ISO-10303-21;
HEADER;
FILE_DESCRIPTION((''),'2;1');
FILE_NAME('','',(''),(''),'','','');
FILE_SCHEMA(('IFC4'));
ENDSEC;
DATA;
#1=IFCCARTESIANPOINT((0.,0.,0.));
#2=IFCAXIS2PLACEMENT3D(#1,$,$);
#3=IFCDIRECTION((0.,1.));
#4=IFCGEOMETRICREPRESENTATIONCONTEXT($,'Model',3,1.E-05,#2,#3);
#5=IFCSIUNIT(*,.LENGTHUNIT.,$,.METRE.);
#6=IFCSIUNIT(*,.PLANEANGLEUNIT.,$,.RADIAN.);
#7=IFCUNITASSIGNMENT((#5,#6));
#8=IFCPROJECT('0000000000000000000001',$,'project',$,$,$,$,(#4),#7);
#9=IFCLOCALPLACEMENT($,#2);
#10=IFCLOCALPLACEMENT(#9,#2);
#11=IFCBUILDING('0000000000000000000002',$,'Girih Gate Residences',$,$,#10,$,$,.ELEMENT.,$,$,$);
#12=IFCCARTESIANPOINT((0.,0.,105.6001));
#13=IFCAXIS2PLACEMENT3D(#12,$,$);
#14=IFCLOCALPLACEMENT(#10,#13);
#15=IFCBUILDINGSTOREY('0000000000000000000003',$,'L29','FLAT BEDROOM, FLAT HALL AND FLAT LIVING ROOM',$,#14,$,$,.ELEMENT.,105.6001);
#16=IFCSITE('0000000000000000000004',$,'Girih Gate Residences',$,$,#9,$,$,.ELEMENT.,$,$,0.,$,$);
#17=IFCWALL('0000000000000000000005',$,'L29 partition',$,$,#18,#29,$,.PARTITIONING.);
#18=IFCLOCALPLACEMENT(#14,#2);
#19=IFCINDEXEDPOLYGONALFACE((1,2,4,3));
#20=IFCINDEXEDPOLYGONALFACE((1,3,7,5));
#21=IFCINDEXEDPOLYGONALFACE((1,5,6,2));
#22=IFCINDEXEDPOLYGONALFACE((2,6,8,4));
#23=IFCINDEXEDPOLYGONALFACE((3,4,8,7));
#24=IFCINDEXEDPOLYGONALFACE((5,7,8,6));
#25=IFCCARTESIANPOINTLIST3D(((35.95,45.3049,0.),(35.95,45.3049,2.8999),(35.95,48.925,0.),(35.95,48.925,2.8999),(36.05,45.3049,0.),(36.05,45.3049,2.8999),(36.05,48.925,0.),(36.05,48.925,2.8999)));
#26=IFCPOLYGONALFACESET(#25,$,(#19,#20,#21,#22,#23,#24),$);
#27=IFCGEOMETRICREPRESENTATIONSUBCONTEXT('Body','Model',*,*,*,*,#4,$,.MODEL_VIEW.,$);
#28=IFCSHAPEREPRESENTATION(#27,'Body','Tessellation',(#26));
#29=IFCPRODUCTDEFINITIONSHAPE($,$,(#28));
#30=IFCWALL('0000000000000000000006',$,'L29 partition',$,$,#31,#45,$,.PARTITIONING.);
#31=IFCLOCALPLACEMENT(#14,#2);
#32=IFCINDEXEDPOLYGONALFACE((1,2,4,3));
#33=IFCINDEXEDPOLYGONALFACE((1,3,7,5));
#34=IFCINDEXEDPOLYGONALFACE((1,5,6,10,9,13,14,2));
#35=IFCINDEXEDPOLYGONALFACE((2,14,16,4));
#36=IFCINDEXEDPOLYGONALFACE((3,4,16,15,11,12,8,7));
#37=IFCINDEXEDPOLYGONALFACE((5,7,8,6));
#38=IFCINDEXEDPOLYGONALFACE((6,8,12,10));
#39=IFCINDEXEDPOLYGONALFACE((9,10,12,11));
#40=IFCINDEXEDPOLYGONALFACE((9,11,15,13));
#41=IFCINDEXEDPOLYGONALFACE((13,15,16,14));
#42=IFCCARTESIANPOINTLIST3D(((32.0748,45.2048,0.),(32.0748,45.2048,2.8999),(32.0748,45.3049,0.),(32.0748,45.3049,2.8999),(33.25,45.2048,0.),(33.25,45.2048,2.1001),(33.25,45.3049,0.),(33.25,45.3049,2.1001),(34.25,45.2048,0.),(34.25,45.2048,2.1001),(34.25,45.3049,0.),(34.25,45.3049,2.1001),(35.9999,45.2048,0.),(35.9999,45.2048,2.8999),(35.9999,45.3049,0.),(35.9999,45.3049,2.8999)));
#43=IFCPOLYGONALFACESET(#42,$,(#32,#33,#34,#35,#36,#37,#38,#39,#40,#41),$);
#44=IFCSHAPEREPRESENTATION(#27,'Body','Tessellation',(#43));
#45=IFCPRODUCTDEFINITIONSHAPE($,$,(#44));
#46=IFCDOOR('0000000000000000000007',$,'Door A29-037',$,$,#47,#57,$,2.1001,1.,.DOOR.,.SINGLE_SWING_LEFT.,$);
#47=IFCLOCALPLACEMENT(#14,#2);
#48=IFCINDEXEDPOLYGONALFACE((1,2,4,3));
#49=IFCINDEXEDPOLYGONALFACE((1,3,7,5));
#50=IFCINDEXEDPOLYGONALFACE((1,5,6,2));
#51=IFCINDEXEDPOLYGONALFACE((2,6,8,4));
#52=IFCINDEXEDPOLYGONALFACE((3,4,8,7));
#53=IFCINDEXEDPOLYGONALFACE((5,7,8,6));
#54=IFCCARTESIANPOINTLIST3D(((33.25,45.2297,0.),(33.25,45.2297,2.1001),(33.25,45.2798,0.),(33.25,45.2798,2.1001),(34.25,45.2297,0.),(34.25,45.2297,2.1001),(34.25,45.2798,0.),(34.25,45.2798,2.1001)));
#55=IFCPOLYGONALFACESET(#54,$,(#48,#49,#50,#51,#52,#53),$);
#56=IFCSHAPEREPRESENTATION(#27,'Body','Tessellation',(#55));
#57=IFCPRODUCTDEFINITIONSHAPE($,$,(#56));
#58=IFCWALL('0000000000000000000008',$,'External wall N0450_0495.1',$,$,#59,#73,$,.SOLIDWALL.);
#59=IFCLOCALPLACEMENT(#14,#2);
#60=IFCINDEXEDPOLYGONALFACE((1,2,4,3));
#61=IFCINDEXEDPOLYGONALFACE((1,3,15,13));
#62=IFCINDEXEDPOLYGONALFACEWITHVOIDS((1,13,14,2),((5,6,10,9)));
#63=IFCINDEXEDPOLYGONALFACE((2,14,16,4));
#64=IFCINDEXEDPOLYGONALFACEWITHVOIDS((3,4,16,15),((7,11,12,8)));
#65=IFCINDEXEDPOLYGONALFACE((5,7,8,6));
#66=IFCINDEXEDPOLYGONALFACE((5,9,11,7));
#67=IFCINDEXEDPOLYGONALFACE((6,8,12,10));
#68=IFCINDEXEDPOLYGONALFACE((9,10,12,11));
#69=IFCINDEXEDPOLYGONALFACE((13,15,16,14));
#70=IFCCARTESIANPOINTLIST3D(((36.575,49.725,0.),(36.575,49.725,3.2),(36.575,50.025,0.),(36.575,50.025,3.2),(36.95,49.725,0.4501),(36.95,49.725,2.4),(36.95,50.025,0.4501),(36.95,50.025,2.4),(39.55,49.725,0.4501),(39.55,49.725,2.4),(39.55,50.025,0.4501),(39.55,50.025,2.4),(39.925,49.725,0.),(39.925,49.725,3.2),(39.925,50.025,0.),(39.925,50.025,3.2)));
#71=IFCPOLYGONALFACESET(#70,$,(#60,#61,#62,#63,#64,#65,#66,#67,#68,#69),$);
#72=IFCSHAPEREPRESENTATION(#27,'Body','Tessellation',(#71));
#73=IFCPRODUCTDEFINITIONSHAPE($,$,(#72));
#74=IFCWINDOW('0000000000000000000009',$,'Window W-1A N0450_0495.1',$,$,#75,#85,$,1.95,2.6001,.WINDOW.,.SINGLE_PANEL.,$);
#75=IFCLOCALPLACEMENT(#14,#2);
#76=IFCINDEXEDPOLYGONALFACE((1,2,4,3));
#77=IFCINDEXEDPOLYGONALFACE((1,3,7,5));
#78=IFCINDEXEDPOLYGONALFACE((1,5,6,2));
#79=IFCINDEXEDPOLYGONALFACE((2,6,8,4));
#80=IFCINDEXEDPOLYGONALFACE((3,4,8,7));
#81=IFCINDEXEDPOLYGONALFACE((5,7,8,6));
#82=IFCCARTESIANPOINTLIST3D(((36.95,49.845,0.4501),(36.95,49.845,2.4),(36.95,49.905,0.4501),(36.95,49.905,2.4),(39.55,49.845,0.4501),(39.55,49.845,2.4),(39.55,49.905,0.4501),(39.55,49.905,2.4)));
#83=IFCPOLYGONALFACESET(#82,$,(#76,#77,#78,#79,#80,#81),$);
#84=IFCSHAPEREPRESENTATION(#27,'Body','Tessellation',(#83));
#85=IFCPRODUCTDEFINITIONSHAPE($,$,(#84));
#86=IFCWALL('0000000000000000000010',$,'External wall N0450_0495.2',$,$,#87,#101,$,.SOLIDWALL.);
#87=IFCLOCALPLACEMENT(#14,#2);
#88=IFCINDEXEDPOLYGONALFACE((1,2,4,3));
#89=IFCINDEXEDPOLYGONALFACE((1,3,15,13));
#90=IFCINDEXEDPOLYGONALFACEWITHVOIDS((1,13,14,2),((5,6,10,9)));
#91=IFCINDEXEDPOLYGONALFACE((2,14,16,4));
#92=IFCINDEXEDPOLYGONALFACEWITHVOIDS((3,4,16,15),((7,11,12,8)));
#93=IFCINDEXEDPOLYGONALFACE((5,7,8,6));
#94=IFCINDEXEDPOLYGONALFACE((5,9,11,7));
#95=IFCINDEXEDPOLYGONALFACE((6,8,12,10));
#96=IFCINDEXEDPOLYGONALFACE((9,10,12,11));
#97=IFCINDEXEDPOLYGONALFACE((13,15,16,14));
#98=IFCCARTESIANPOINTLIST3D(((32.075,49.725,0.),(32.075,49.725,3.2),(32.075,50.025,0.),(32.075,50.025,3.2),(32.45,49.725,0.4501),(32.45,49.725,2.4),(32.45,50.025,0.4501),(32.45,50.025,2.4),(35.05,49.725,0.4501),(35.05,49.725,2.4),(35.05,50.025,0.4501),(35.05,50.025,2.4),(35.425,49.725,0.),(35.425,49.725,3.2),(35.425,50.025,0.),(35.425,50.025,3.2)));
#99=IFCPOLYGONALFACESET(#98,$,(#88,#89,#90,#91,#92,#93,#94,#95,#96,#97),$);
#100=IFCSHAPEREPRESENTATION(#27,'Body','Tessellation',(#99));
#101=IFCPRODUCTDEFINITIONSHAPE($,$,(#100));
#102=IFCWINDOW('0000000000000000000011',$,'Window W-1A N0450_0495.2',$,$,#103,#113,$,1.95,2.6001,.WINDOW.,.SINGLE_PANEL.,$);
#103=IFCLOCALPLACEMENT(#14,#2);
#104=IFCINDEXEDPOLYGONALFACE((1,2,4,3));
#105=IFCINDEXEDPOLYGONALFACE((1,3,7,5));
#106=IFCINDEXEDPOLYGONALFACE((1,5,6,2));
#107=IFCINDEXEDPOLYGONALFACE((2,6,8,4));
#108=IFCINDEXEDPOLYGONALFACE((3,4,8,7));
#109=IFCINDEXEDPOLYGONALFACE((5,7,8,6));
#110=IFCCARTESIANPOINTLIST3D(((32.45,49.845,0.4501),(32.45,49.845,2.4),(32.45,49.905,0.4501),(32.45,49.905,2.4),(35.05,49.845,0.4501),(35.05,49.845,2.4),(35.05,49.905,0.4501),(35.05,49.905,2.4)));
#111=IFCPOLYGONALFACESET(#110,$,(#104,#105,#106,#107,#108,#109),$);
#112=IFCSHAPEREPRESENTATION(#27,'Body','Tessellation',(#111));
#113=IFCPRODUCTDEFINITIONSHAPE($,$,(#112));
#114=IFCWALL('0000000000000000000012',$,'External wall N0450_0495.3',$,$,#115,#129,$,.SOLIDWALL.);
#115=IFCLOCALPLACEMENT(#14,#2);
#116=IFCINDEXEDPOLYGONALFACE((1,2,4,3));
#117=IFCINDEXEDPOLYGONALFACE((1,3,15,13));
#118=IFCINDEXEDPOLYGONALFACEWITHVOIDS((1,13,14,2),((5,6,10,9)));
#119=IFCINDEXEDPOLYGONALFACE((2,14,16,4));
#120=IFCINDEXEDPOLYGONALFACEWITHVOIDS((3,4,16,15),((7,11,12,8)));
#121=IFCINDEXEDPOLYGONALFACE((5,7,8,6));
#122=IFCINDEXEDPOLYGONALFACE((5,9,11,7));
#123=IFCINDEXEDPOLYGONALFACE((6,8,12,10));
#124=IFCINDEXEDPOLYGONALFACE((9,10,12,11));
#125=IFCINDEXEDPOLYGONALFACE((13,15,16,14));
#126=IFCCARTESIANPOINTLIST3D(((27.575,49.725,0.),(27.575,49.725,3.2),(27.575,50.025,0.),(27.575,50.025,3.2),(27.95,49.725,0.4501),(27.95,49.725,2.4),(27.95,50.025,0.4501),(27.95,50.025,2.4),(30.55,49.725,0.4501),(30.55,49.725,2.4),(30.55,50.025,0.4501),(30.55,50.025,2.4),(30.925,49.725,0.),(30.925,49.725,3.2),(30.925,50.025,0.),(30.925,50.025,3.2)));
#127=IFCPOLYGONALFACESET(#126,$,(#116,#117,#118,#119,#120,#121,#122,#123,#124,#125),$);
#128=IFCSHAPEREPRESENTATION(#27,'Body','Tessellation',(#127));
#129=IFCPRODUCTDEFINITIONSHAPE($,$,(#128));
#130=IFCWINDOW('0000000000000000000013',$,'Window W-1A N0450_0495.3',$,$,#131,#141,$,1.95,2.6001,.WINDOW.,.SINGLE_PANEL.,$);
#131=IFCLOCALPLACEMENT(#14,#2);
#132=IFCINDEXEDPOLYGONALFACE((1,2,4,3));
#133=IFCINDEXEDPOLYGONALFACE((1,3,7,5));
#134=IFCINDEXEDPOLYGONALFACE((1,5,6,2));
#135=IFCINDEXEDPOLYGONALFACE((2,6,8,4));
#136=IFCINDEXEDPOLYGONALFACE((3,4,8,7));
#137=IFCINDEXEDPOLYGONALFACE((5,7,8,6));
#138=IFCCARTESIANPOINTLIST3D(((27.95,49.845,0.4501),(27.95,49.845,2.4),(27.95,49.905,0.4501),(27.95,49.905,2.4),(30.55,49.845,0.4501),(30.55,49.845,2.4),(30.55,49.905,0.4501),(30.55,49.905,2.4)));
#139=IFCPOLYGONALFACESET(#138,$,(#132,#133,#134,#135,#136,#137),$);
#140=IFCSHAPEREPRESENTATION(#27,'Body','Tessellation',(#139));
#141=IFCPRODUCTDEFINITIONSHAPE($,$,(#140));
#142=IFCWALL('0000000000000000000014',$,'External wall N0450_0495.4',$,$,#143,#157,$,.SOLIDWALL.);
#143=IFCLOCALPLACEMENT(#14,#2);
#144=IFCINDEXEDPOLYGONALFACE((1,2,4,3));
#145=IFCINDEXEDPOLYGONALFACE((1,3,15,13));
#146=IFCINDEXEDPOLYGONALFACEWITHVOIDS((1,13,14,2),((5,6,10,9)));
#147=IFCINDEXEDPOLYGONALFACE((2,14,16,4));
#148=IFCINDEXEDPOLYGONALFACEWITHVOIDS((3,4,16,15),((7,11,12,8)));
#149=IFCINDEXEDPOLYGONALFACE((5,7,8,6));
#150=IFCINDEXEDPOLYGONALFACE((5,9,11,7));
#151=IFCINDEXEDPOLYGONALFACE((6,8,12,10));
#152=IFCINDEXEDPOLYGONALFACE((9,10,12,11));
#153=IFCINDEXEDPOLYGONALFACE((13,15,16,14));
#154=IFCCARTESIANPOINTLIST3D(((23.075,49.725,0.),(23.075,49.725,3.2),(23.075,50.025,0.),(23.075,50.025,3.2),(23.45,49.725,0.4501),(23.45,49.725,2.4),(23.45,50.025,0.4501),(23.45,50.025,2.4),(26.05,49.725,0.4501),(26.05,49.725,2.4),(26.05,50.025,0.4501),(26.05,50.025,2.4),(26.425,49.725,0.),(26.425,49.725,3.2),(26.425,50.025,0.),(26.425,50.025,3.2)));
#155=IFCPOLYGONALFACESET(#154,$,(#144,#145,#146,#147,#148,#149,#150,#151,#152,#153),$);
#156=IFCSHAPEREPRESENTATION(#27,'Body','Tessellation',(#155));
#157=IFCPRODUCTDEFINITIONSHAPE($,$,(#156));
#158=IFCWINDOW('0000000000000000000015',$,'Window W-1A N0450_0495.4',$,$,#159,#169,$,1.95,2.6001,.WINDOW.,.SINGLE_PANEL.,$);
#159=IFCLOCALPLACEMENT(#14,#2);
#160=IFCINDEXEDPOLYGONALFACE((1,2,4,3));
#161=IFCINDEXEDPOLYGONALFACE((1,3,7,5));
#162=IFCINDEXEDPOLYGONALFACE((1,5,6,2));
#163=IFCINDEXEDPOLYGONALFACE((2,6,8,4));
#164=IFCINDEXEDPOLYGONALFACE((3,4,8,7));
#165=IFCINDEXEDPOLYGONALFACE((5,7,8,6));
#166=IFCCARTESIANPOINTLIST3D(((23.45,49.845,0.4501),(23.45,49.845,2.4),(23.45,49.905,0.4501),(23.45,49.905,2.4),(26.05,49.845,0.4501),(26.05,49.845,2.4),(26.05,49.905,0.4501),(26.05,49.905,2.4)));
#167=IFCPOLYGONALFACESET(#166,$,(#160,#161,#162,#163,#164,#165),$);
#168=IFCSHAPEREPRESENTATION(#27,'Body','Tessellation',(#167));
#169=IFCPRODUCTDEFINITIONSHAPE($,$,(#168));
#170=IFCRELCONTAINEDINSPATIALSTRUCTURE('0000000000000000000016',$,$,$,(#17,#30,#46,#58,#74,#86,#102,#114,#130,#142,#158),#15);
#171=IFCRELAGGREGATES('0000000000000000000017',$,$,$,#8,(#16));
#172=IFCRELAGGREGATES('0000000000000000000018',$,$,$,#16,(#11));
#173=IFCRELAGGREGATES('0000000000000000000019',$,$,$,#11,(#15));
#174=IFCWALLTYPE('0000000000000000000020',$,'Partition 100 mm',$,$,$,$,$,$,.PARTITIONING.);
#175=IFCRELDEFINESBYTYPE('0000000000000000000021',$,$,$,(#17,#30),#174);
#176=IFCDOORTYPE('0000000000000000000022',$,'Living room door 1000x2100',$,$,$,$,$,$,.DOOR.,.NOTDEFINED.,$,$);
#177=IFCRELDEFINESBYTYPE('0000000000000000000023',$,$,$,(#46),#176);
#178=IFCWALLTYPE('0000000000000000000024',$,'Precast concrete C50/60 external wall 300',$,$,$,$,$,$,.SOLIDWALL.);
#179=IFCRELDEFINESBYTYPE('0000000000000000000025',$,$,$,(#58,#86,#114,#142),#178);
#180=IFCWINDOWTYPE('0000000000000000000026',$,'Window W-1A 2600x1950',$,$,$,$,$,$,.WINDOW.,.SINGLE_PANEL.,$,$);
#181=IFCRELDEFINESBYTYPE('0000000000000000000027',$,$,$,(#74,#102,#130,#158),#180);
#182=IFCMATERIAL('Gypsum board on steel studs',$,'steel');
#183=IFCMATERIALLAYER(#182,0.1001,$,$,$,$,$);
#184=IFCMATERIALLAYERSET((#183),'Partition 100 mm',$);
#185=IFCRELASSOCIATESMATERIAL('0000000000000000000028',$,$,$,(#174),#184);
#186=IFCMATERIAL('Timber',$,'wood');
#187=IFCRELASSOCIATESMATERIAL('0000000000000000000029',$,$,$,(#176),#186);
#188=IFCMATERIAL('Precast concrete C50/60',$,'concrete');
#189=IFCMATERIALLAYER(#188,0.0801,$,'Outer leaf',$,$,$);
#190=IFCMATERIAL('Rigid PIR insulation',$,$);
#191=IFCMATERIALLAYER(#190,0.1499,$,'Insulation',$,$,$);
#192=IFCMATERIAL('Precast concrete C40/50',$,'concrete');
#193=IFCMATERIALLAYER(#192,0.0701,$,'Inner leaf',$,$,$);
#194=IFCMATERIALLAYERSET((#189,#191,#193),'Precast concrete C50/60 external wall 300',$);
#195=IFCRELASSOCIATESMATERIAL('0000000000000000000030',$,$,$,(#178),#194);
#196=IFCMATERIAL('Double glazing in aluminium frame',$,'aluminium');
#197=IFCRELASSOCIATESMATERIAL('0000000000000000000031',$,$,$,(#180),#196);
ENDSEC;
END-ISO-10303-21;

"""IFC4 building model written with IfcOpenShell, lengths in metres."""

from ifc_helpers import new_model, si_unit, direction, frame, frame_2d, origin, place, context, subcontext, project, spatial, rectangle, extrude, material, layer, layer_set, type_object, element, fill, save


model = new_model("IFC4")

# Units and contexts
model_context = context("Model", 3, precision=1e-05, world=origin(), true_north=direction((0.0, 1.0)))
body_context = subcontext(model_context, "Body", "Model", "MODEL_VIEW")
ifc_project = project(units=[si_unit("LENGTHUNIT", "METRE"), si_unit("PLANEANGLEUNIT", "RADIAN")], contexts=[model_context])

# Site, building, storey
site_placement = place(None, origin())
site = spatial("IfcSite", under=ifc_project, at=site_placement, Name="Girih Gate Residences", CompositionType="ELEMENT", RefElevation=0.0)
building_placement = place(site_placement, origin())
building = spatial("IfcBuilding", under=site, at=building_placement, Name="Girih Gate Residences", CompositionType="ELEMENT")
storey_placement = place(building_placement, frame((0.0, 0.0, 105.6001)))
storey = spatial("IfcBuildingStorey", under=building, at=storey_placement, Name="L29", Description="FLAT BEDROOM, FLAT HALL AND FLAT LIVING ROOM", CompositionType="ELEMENT", Elevation=105.6001)

# Shared definitions
ifc_material_1 = material(Name="Gypsum board on steel studs", Category="steel")

# Shared definitions
ifc_layer_1 = layer(ifc_material_1, 0.1001)
ifc_layer_set_1 = layer_set([ifc_layer_1], Name="Partition 100 mm")
wall_type_1 = type_object("IfcWallType", Name="Partition 100 mm", PredefinedType="PARTITIONING", material=ifc_layer_set_1)
ifc_material_2 = material(Name="Timber", Category="wood")

# Wall
wall_1_placement = place(storey_placement, frame((36.0, 45.3049, 0.0), z_axis=(0.0, 0.0, 1.0), x_axis=(0.0, 1.0, 0.0)))
element("IfcWall", 1, at=wall_1_placement, inside=storey, type_object=wall_type_1, Name="L29 partition", PredefinedType="PARTITIONING", context=body_context, shape_type="SweptSolid", body=[
    extrude(rectangle(XDim=3.6201, YDim=0.1001, at=frame_2d((1.8101, 0.0))), origin(), (0.0, 0.0, 1.0), 2.8999),
])

# Wall, opening, door
wall_2_placement = place(storey_placement, frame((32.075, 45.2549, 0.0), z_axis=(0.0, 0.0, 1.0), x_axis=(1.0, 0.0, 0.0)))
wall_2 = element("IfcWall", 2, at=wall_2_placement, inside=storey, type_object=wall_type_1, Name="L29 partition", PredefinedType="PARTITIONING", context=body_context, shape_type="SweptSolid", body=[
    extrude(rectangle(XDim=3.925, YDim=0.1001, at=frame_2d((1.9624, 0.0))), origin(), (0.0, 0.0, 1.0), 2.8999),
])
opening_1_placement = place(wall_2_placement, frame((1.175, 0.0, 0.0)))
opening_1 = element("IfcOpeningElement", 3, at=opening_1_placement, cuts=wall_2, PredefinedType="OPENING", context=body_context, shape_type="SweptSolid", body=[
    extrude(rectangle(XDim=1.0, YDim=2.1001, at=frame_2d((0.5, 1.05))), frame((0.0, 0.0601, 0.0), z_axis=(0.0, -1.0, 0.0), x_axis=(1.0, 0.0, 0.0)), (0.0, 0.0, 1.0), 0.1201),
])
door_type_1 = type_object("IfcDoorType", Name="Living room door 1000x2100", OperationType="NOTDEFINED", PredefinedType="DOOR", material=ifc_material_2)
door_1_placement = place(opening_1_placement, origin())
door_1 = element("IfcDoor", 4, at=door_1_placement, inside=storey, type_object=door_type_1, Name="Door A29-037", OperationType="SINGLE_SWING_LEFT", OverallHeight=2.1001, OverallWidth=1.0, PredefinedType="DOOR", context=body_context, shape_type="SweptSolid", body=[
    extrude(rectangle(XDim=1.0, YDim=2.1001, at=frame_2d((0.5, 1.05))), frame((0.0, 0.0249, 0.0), z_axis=(0.0, -1.0, 0.0), x_axis=(1.0, 0.0, 0.0)), (0.0, 0.0, 1.0), 0.05),
])
fill(opening_1, door_1)

# Walls, openings, windows
ifc_material_3 = material(Name="Precast concrete C50/60", Category="concrete")
ifc_layer_2 = layer(ifc_material_3, 0.0801, Name="Outer leaf")
ifc_material_4 = material(Name="Rigid PIR insulation")
ifc_layer_3 = layer(ifc_material_4, 0.1499, Name="Insulation")
ifc_material_5 = material(Name="Precast concrete C40/50", Category="concrete")
ifc_layer_4 = layer(ifc_material_5, 0.0701, Name="Inner leaf")
ifc_layer_set_2 = layer_set([ifc_layer_2, ifc_layer_3, ifc_layer_4], Name="Precast concrete C50/60 external wall 300")
wall_type_2 = type_object("IfcWallType", Name="Precast concrete C50/60 external wall 300", PredefinedType="SOLIDWALL", material=ifc_layer_set_2)
wall_3_placement = place(storey_placement, frame((36.575, 49.875, 0.0), z_axis=(0.0, 0.0, 1.0), x_axis=(1.0, 0.0, 0.0)))
wall_3 = element("IfcWall", 5, at=wall_3_placement, inside=storey, type_object=wall_type_2, Name="External wall N0450_0495.1", PredefinedType="SOLIDWALL", context=body_context, shape_type="SweptSolid", body=[
    extrude(rectangle(XDim=3.3501, YDim=0.3, at=frame_2d((1.675, 0.0))), origin(), (0.0, 0.0, 1.0), 3.2),
])
opening_2_placement = place(wall_3_placement, frame((0.375, 0.0, 0.45)))
opening_2 = element("IfcOpeningElement", 6, at=opening_2_placement, cuts=wall_3, PredefinedType="OPENING", context=body_context, shape_type="SweptSolid", body=[
    extrude(rectangle(XDim=2.6001, YDim=1.95, at=frame_2d((1.3, 0.9751))), frame((0.0, 0.1599, 0.0), z_axis=(0.0, -1.0, 0.0), x_axis=(1.0, 0.0, 0.0)), (0.0, 0.0, 1.0), 0.3201),
])
ifc_material_6 = material(Name="Double glazing in aluminium frame", Category="aluminium")
window_type = type_object("IfcWindowType", Name="Window W-1A 2600x1950", PartitioningType="SINGLE_PANEL", PredefinedType="WINDOW", material=ifc_material_6)
window_1_placement = place(opening_2_placement, origin())
window_1 = element("IfcWindow", 7, at=window_1_placement, inside=storey, type_object=window_type, Name="Window W-1A N0450_0495.1", OverallHeight=1.95, OverallWidth=2.6001, PartitioningType="SINGLE_PANEL", PredefinedType="WINDOW", context=body_context, shape_type="SweptSolid", body=[
    extrude(rectangle(XDim=2.6001, YDim=1.95, at=frame_2d((1.3, 0.9751))), frame((0.0, 0.03, 0.0), z_axis=(0.0, -1.0, 0.0), x_axis=(1.0, 0.0, 0.0)), (0.0, 0.0, 1.0), 0.0601),
])
fill(opening_2, window_1)
wall_4_placement = place(storey_placement, frame((32.075, 49.875, 0.0), z_axis=(0.0, 0.0, 1.0), x_axis=(1.0, 0.0, 0.0)))
wall_4 = element("IfcWall", 8, at=wall_4_placement, inside=storey, type_object=wall_type_2, Name="External wall N0450_0495.2", PredefinedType="SOLIDWALL", context=body_context, shape_type="SweptSolid", body=[
    extrude(rectangle(XDim=3.3501, YDim=0.3, at=frame_2d((1.675, 0.0))), origin(), (0.0, 0.0, 1.0), 3.2),
])
opening_3_placement = place(wall_4_placement, frame((0.375, 0.0, 0.45)))
opening_3 = element("IfcOpeningElement", 9, at=opening_3_placement, cuts=wall_4, PredefinedType="OPENING", context=body_context, shape_type="SweptSolid", body=[
    extrude(rectangle(XDim=2.6001, YDim=1.95, at=frame_2d((1.3, 0.9751))), frame((0.0, 0.1599, 0.0), z_axis=(0.0, -1.0, 0.0), x_axis=(1.0, 0.0, 0.0)), (0.0, 0.0, 1.0), 0.3201),
])
window_2_placement = place(opening_3_placement, origin())
window_2 = element("IfcWindow", 10, at=window_2_placement, inside=storey, type_object=window_type, Name="Window W-1A N0450_0495.2", OverallHeight=1.95, OverallWidth=2.6001, PartitioningType="SINGLE_PANEL", PredefinedType="WINDOW", context=body_context, shape_type="SweptSolid", body=[
    extrude(rectangle(XDim=2.6001, YDim=1.95, at=frame_2d((1.3, 0.9751))), frame((0.0, 0.03, 0.0), z_axis=(0.0, -1.0, 0.0), x_axis=(1.0, 0.0, 0.0)), (0.0, 0.0, 1.0), 0.0601),
])
fill(opening_3, window_2)
wall_5_placement = place(storey_placement, frame((27.575, 49.875, 0.0), z_axis=(0.0, 0.0, 1.0), x_axis=(1.0, 0.0, 0.0)))
wall_5 = element("IfcWall", 11, at=wall_5_placement, inside=storey, type_object=wall_type_2, Name="External wall N0450_0495.3", PredefinedType="SOLIDWALL", context=body_context, shape_type="SweptSolid", body=[
    extrude(rectangle(XDim=3.3501, YDim=0.3, at=frame_2d((1.675, 0.0))), origin(), (0.0, 0.0, 1.0), 3.2),
])
opening_4_placement = place(wall_5_placement, frame((0.375, 0.0, 0.45)))
opening_4 = element("IfcOpeningElement", 12, at=opening_4_placement, cuts=wall_5, PredefinedType="OPENING", context=body_context, shape_type="SweptSolid", body=[
    extrude(rectangle(XDim=2.6001, YDim=1.95, at=frame_2d((1.3, 0.9751))), frame((0.0, 0.1599, 0.0), z_axis=(0.0, -1.0, 0.0), x_axis=(1.0, 0.0, 0.0)), (0.0, 0.0, 1.0), 0.3201),
])
window_3_placement = place(opening_4_placement, origin())
window_3 = element("IfcWindow", 13, at=window_3_placement, inside=storey, type_object=window_type, Name="Window W-1A N0450_0495.3", OverallHeight=1.95, OverallWidth=2.6001, PartitioningType="SINGLE_PANEL", PredefinedType="WINDOW", context=body_context, shape_type="SweptSolid", body=[
    extrude(rectangle(XDim=2.6001, YDim=1.95, at=frame_2d((1.3, 0.9751))), frame((0.0, 0.03, 0.0), z_axis=(0.0, -1.0, 0.0), x_axis=(1.0, 0.0, 0.0)), (0.0, 0.0, 1.0), 0.0601),
])
fill(opening_4, window_3)
wall_6_placement = place(storey_placement, frame((23.075, 49.875, 0.0), z_axis=(0.0, 0.0, 1.0), x_axis=(1.0, 0.0, 0.0)))
wall_6 = element("IfcWall", 14, at=wall_6_placement, inside=storey, type_object=wall_type_2, Name="External wall N0450_0495.4", PredefinedType="SOLIDWALL", context=body_context, shape_type="SweptSolid", body=[
    extrude(rectangle(XDim=3.3501, YDim=0.3, at=frame_2d((1.675, 0.0))), origin(), (0.0, 0.0, 1.0), 3.2),
])
opening_5_placement = place(wall_6_placement, frame((0.375, 0.0, 0.45)))
opening_5 = element("IfcOpeningElement", 15, at=opening_5_placement, cuts=wall_6, PredefinedType="OPENING", context=body_context, shape_type="SweptSolid", body=[
    extrude(rectangle(XDim=2.6001, YDim=1.95, at=frame_2d((1.3, 0.9751))), frame((0.0, 0.1599, 0.0), z_axis=(0.0, -1.0, 0.0), x_axis=(1.0, 0.0, 0.0)), (0.0, 0.0, 1.0), 0.3201),
])
window_4_placement = place(opening_5_placement, origin())
window_4 = element("IfcWindow", 16, at=window_4_placement, inside=storey, type_object=window_type, Name="Window W-1A N0450_0495.4", OverallHeight=1.95, OverallWidth=2.6001, PartitioningType="SINGLE_PANEL", PredefinedType="WINDOW", context=body_context, shape_type="SweptSolid", body=[
    extrude(rectangle(XDim=2.6001, YDim=1.95, at=frame_2d((1.3, 0.9751))), frame((0.0, 0.03, 0.0), z_axis=(0.0, -1.0, 0.0), x_axis=(1.0, 0.0, 0.0)), (0.0, 0.0, 1.0), 0.0601),
])
fill(opening_5, window_4)

save(model, "model.ifc")
